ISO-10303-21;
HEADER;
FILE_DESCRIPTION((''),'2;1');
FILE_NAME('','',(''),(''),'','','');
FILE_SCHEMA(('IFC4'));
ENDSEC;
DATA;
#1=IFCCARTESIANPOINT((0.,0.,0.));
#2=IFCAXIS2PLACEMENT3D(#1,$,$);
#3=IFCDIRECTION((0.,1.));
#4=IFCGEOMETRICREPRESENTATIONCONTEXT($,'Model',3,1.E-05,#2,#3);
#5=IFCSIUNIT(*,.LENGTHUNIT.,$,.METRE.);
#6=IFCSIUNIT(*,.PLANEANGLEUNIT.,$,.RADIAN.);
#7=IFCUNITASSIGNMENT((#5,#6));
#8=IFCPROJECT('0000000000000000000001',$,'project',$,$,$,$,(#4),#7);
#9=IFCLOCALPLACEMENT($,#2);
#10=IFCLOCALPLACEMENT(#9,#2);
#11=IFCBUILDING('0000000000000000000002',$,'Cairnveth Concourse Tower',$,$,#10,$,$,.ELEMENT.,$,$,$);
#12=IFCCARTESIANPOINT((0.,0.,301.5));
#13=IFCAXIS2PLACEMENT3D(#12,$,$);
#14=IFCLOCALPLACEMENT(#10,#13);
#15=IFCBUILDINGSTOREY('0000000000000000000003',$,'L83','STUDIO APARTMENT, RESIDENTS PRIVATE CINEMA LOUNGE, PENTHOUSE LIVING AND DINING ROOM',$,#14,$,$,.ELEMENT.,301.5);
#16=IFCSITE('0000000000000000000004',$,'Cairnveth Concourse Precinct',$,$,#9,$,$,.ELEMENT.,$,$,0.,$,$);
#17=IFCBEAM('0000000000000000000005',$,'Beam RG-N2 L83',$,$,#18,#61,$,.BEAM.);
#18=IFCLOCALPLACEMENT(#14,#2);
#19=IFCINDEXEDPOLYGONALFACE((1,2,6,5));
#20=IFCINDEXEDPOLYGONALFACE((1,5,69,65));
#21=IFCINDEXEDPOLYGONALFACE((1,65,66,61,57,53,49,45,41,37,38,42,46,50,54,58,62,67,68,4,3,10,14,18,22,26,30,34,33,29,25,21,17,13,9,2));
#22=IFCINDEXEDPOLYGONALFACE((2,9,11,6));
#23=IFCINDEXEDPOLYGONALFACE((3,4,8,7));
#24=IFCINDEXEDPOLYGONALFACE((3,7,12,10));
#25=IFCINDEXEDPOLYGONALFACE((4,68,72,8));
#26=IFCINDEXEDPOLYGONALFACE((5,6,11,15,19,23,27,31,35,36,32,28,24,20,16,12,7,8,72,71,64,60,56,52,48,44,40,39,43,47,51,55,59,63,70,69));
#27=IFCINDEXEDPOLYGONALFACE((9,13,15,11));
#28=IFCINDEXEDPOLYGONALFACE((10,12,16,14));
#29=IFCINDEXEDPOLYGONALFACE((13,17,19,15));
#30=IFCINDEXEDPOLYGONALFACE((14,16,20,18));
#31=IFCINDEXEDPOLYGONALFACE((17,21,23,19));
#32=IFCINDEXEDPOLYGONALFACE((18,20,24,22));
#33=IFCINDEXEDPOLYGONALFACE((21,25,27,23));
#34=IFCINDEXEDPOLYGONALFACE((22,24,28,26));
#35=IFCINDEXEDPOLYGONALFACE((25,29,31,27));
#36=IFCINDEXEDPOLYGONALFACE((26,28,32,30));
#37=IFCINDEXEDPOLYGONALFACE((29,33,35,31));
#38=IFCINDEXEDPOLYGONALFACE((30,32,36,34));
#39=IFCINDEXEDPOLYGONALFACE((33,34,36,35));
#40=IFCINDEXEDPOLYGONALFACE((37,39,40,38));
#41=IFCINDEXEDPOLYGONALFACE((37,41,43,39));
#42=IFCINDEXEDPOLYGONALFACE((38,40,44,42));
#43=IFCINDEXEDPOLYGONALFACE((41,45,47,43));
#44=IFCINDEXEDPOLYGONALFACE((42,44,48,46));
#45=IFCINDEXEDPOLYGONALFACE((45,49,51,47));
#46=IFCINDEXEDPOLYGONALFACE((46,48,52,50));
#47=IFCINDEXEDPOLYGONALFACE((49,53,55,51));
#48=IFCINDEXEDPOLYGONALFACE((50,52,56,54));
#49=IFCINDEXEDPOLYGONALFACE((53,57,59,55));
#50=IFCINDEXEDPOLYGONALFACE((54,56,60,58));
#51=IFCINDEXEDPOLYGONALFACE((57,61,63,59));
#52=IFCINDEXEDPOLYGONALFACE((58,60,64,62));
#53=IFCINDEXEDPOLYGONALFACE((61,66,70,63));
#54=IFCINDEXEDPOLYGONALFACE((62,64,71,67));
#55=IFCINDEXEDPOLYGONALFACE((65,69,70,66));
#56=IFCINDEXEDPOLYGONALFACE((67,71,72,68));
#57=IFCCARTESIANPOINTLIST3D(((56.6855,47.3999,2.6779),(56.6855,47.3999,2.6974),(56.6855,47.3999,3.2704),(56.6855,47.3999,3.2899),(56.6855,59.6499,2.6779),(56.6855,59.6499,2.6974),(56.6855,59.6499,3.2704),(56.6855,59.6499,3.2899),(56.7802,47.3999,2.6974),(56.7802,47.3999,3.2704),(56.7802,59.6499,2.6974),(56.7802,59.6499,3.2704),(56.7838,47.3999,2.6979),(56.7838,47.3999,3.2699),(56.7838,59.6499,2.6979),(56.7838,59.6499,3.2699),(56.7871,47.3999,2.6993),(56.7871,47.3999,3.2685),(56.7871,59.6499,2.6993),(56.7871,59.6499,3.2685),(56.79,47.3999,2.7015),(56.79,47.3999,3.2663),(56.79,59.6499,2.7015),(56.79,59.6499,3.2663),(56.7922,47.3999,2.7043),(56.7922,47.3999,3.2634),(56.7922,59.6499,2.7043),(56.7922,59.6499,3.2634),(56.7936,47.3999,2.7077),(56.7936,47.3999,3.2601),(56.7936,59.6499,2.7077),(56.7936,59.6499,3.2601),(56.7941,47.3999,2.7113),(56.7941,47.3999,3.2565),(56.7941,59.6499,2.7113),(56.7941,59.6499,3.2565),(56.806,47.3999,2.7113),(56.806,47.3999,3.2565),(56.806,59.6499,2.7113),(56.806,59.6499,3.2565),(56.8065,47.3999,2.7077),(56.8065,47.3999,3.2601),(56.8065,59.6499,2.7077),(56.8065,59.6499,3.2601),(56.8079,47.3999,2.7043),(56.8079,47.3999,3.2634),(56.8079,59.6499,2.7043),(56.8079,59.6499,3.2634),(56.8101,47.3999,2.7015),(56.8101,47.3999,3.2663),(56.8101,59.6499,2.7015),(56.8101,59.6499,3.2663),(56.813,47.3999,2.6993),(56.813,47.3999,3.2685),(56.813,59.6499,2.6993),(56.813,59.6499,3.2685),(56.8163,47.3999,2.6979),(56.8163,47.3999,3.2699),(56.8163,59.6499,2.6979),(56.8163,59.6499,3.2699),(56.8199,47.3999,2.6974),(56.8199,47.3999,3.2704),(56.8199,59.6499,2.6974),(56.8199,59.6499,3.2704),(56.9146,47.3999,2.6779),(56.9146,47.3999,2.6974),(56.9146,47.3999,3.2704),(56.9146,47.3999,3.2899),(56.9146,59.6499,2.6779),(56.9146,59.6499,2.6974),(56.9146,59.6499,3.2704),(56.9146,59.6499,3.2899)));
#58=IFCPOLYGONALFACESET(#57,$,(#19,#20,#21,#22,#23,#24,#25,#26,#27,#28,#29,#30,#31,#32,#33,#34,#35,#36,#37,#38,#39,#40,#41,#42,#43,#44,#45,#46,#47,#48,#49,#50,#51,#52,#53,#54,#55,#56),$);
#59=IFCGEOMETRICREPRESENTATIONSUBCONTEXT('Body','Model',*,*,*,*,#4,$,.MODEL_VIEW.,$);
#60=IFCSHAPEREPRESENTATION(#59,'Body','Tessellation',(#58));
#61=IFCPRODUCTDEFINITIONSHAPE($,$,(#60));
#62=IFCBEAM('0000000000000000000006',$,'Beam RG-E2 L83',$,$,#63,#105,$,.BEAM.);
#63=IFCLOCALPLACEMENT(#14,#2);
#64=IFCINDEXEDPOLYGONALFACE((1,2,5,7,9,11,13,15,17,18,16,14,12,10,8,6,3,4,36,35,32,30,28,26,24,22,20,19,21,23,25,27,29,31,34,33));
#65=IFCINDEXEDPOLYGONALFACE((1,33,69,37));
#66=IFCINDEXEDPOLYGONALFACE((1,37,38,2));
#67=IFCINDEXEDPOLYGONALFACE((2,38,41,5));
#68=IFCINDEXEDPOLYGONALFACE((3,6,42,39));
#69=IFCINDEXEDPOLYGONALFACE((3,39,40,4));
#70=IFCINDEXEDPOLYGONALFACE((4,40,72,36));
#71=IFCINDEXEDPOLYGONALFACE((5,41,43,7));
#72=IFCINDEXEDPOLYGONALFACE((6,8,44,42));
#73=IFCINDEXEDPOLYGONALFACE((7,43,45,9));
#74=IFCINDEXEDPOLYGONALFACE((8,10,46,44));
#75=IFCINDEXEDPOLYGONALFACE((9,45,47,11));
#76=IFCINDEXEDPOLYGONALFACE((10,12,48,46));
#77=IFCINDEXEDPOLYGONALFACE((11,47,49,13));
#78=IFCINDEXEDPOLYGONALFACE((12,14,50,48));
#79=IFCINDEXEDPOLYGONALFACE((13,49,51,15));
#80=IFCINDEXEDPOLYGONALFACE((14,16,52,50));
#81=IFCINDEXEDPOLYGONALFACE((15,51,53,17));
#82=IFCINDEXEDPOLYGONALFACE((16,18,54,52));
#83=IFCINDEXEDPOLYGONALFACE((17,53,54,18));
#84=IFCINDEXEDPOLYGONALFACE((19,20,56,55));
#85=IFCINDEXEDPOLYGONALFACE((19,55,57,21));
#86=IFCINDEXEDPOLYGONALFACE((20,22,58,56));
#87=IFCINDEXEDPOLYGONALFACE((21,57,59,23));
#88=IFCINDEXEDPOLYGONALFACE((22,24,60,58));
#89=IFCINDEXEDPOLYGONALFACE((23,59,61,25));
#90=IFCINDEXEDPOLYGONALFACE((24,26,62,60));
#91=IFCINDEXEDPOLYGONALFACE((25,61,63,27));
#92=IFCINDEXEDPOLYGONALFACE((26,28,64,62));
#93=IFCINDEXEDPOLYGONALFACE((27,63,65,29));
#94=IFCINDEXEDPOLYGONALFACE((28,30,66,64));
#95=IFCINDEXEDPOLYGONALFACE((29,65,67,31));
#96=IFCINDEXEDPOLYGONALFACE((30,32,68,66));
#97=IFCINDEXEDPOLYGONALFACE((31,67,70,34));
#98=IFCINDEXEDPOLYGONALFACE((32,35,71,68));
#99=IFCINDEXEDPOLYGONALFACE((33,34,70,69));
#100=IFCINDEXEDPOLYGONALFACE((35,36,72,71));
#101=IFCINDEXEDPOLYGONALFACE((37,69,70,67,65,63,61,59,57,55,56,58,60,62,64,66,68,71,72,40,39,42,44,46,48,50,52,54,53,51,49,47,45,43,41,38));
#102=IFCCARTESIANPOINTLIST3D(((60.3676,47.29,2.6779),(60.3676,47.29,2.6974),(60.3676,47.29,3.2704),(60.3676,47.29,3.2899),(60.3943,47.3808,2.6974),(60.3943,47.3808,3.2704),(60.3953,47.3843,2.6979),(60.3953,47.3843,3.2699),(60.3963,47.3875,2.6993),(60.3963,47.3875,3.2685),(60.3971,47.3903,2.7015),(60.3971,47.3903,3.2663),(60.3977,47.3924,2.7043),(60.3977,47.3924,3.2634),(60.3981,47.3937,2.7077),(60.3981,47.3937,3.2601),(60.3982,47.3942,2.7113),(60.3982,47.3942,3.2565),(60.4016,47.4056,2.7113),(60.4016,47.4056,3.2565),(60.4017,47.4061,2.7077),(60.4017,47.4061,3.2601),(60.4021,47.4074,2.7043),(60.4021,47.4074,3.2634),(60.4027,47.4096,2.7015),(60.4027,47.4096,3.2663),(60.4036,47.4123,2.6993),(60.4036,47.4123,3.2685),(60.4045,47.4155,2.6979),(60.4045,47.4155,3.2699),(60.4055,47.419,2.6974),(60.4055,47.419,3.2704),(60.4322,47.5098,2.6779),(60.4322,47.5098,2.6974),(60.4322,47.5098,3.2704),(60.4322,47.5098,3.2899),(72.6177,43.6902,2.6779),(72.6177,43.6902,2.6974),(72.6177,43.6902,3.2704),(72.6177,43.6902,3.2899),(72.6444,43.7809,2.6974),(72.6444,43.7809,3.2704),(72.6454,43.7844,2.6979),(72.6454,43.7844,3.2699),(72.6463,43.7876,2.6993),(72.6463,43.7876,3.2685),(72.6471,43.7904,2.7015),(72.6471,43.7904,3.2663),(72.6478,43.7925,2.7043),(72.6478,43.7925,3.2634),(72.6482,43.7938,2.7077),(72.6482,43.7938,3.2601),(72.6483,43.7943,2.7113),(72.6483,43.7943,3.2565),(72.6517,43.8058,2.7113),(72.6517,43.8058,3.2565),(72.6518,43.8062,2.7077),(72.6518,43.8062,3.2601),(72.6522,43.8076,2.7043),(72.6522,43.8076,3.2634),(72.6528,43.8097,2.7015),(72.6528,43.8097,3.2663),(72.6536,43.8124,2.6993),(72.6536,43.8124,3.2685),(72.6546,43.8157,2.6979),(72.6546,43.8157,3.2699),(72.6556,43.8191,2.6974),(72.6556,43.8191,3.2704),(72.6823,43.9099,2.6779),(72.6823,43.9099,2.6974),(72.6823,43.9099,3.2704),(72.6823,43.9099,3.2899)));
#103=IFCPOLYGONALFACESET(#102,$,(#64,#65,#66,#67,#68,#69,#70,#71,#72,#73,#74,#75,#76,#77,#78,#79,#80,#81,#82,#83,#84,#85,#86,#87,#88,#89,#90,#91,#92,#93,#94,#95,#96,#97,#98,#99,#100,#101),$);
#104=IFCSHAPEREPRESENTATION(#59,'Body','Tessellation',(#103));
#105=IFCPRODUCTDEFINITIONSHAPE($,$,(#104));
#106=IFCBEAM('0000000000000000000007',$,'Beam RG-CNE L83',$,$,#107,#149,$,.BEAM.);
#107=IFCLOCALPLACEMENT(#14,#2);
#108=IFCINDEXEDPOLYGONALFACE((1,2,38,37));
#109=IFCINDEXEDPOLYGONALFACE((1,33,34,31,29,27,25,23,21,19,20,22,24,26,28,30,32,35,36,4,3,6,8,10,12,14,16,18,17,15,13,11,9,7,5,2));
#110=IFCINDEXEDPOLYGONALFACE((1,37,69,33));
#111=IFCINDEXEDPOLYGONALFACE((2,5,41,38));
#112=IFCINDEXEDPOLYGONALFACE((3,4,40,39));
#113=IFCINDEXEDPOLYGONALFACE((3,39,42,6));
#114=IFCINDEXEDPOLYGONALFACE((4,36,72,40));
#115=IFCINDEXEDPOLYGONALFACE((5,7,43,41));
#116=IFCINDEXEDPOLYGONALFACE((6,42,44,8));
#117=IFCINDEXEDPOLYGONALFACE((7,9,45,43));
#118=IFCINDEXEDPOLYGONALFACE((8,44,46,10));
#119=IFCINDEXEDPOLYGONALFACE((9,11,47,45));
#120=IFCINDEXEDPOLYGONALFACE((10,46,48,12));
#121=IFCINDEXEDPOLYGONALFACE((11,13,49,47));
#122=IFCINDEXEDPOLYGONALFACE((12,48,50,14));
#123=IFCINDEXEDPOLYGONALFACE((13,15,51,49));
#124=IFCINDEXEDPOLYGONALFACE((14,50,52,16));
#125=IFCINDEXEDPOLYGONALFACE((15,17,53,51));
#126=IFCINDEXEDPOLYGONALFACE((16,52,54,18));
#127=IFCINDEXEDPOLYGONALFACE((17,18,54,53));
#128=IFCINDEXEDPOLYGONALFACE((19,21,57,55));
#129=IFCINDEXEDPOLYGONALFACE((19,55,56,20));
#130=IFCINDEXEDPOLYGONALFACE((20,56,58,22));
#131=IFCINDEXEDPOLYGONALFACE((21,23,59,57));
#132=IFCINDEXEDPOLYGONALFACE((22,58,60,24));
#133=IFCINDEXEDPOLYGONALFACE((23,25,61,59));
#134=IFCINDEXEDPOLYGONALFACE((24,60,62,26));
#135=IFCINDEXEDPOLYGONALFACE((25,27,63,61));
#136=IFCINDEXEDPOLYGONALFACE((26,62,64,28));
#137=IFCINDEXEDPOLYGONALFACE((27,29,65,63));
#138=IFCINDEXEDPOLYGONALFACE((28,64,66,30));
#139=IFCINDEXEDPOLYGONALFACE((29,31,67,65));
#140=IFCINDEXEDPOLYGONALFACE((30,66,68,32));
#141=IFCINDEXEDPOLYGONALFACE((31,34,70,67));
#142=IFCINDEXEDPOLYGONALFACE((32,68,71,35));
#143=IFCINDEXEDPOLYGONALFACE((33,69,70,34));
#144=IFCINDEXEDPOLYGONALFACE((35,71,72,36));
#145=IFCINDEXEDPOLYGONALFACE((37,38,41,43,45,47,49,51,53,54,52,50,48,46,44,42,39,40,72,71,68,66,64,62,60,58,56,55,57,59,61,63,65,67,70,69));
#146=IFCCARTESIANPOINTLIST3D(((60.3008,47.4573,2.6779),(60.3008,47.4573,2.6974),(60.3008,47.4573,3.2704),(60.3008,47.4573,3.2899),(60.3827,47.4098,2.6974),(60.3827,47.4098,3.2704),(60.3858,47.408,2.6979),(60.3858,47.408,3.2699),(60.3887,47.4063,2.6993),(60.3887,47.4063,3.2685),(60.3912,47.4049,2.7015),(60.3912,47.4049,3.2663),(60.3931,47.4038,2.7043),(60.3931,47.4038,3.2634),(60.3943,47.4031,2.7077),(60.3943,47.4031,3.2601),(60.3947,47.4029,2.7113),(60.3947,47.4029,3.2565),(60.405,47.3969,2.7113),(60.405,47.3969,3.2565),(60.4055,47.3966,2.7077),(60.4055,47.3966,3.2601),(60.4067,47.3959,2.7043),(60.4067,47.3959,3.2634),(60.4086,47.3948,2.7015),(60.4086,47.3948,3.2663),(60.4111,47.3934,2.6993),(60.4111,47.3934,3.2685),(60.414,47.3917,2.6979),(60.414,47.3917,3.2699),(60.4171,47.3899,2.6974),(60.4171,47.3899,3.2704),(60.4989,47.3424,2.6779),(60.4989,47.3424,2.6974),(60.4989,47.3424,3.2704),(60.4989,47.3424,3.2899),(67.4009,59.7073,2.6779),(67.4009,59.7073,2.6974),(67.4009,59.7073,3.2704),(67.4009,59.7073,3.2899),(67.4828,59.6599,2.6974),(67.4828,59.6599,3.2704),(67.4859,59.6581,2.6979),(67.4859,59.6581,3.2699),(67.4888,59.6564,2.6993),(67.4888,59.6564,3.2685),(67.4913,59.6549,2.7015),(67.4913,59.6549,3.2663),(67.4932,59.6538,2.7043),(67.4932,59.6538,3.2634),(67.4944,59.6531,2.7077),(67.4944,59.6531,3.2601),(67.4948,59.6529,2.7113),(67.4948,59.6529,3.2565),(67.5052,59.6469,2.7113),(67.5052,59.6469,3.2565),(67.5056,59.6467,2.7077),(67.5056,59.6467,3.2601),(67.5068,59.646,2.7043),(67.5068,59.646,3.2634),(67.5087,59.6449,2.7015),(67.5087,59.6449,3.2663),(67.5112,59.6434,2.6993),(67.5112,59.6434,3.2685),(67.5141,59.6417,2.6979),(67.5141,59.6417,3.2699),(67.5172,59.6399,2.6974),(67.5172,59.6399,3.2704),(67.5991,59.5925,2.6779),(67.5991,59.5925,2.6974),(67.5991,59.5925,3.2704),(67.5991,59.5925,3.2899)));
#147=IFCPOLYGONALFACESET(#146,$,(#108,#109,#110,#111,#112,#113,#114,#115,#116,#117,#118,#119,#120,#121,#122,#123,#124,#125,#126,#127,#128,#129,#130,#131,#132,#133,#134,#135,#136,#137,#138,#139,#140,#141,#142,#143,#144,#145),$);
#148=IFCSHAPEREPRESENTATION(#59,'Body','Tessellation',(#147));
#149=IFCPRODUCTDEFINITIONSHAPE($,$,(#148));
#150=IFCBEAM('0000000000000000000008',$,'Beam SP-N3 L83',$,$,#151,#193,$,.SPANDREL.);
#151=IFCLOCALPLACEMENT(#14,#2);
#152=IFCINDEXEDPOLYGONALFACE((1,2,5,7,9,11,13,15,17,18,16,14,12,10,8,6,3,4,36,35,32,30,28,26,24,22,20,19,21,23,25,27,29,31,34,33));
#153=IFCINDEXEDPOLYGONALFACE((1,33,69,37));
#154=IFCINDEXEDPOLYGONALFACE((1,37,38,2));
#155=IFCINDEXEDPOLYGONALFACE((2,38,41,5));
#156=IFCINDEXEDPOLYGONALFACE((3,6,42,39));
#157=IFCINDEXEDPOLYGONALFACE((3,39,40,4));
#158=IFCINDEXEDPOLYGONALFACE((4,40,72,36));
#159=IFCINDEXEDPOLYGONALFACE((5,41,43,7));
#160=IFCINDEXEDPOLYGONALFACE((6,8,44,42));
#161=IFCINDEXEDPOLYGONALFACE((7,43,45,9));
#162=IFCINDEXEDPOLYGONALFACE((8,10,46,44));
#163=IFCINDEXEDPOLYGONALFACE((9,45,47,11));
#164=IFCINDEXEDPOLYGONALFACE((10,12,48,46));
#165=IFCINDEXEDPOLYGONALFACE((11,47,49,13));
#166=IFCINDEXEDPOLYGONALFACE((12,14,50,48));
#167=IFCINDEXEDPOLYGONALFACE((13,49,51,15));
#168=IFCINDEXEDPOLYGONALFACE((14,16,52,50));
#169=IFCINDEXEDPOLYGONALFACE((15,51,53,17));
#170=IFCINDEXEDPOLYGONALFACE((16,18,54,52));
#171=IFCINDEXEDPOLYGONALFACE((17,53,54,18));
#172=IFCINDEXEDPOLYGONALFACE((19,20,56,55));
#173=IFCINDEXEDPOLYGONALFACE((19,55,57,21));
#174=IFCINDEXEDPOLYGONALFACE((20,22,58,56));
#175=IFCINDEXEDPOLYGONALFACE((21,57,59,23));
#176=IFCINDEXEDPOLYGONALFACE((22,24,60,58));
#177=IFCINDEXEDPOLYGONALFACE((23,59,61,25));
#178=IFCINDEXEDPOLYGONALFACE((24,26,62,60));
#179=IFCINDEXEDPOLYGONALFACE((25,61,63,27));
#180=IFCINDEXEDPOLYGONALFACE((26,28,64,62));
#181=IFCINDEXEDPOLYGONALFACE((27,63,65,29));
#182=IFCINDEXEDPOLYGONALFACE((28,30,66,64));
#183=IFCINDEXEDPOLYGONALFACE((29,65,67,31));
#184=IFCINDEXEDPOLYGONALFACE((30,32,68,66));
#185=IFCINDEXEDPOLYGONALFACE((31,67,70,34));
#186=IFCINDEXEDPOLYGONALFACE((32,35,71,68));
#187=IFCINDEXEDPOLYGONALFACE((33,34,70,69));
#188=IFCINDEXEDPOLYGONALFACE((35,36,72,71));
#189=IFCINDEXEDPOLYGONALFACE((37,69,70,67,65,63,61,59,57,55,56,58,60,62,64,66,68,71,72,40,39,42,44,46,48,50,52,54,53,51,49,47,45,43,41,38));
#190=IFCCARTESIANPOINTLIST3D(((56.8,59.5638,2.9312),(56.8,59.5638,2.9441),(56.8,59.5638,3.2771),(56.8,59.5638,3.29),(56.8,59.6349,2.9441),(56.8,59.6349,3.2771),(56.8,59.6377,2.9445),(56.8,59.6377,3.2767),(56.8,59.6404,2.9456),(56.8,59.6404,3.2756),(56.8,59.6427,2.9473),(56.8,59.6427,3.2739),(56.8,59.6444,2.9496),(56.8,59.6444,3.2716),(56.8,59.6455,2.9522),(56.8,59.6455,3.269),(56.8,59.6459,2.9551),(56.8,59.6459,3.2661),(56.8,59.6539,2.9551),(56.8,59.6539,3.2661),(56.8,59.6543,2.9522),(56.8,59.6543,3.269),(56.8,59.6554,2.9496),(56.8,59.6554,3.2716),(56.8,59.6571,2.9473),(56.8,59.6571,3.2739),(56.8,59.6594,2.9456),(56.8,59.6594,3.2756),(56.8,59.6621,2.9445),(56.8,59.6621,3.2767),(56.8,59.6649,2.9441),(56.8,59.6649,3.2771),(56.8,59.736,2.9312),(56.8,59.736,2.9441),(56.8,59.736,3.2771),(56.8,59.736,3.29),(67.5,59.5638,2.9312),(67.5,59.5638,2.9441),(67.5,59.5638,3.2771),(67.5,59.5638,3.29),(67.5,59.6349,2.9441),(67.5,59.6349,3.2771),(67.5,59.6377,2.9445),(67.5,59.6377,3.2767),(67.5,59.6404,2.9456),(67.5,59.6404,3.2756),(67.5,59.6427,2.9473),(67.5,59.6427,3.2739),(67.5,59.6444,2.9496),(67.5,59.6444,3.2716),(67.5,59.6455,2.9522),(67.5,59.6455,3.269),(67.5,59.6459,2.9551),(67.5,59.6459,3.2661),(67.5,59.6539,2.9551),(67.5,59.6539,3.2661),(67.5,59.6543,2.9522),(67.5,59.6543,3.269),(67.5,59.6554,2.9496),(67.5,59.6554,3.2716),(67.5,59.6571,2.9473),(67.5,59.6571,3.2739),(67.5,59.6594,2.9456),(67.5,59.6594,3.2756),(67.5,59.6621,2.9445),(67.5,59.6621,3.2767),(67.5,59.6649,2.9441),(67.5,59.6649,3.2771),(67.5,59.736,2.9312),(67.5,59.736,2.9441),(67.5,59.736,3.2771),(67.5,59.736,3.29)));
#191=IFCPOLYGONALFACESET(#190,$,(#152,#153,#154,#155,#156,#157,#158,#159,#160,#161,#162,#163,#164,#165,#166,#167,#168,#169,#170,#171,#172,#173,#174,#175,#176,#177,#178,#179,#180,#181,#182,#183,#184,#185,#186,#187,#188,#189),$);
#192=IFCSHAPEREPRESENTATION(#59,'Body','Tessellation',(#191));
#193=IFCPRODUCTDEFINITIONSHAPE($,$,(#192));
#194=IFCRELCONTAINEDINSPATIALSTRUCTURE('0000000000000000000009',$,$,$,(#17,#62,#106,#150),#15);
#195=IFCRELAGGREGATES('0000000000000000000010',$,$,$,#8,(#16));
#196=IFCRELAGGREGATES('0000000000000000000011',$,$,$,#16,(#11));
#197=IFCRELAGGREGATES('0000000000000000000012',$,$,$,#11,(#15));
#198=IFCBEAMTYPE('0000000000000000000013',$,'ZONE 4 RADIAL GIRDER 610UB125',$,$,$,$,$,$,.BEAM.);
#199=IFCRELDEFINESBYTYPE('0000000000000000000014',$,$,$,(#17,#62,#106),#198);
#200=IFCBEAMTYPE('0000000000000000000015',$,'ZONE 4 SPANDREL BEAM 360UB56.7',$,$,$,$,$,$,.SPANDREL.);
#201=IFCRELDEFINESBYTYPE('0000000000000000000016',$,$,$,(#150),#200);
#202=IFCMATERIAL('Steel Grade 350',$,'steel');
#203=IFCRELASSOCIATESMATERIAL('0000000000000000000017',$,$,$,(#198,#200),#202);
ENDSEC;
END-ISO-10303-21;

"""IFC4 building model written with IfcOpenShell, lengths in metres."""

from ifc_helpers import new_model, si_unit, direction, frame, origin, origin_2d, place, context, subcontext, project, spatial, i_section, extrude, material, material_profile, profile_set, type_object, element, save


model = new_model("IFC4")

# Units and contexts
model_context = context("Model", 3, precision=1e-05, world=origin(), true_north=direction((0.0, 1.0)))
body_context = subcontext(model_context, "Body", "Model", "MODEL_VIEW")
ifc_project = project(units=[si_unit("LENGTHUNIT", "METRE"), si_unit("PLANEANGLEUNIT", "RADIAN")], contexts=[model_context])

# Site, building, storey
site_placement = place(None, origin())
site = spatial("IfcSite", under=ifc_project, at=site_placement, Name="Cairnveth Concourse Precinct", CompositionType="ELEMENT", RefElevation=0.0)
building_placement = place(site_placement, origin())
building = spatial("IfcBuilding", under=site, at=building_placement, Name="Cairnveth Concourse Tower", CompositionType="ELEMENT")
storey_placement = place(building_placement, frame((0.0, 0.0, 301.5)))
storey = spatial("IfcBuildingStorey", under=building, at=storey_placement, Name="L83", Description="STUDIO APARTMENT, RESIDENTS PRIVATE CINEMA LOUNGE, PENTHOUSE LIVING AND DINING ROOM", CompositionType="ELEMENT", Elevation=301.5)

# Shared definitions
ifc_material_1 = material(Name="Steel Grade 350", Category="steel")

# Beams
ifc_material_profile_1 = material_profile(ifc_material_1, i_section(OverallWidth=0.229, OverallDepth=0.6121, WebThickness=0.012, FlangeThickness=0.0195, FilletRadius=0.0139, at=origin_2d()), Name="610UB125")
ifc_profile_set_1 = profile_set([ifc_material_profile_1], Name="Steel Grade 350")
beam_type_1 = type_object("IfcBeamType", Name="ZONE 4 RADIAL GIRDER 610UB125", PredefinedType="BEAM", material=ifc_profile_set_1)
beam_1_placement = place(storey_placement, frame((56.8, 47.3999, 2.9839), z_axis=(0.0, 1.0, 0.0), x_axis=(-1.0, 0.0, 0.0)))
element("IfcBeam", 1, at=beam_1_placement, inside=storey, type_object=beam_type_1, Name="Beam RG-N2 L83", PredefinedType="BEAM", context=body_context, shape_type="SweptSolid", body=[
    extrude(i_section(OverallWidth=0.229, OverallDepth=0.6121, WebThickness=0.012, FlangeThickness=0.0195, FilletRadius=0.0139, at=origin_2d()), origin(), (0.0, 0.0, 1.0), 12.25),
])
beam_2_placement = place(storey_placement, frame((60.3999, 47.3999, 2.9839), z_axis=(0.959431, -0.281944, 0.0), x_axis=(0.281944, 0.959431, 0.0)))
element("IfcBeam", 2, at=beam_2_placement, inside=storey, type_object=beam_type_1, Name="Beam RG-E2 L83", PredefinedType="BEAM", context=body_context, shape_type="SweptSolid", body=[
    extrude(i_section(OverallWidth=0.229, OverallDepth=0.6121, WebThickness=0.012, FlangeThickness=0.0195, FilletRadius=0.0139, at=origin_2d()), origin(), (0.0, 0.0, 1.0), 12.7681),
])
beam_3_placement = place(storey_placement, frame((67.5, 59.6499, 2.9839), z_axis=(-0.501459, -0.865181, 0.0), x_axis=(0.865181, -0.501459, 0.0)))
element("IfcBeam", 3, at=beam_3_placement, inside=storey, type_object=beam_type_1, Name="Beam RG-CNE L83", PredefinedType="BEAM", context=body_context, shape_type="SweptSolid", body=[
    extrude(i_section(OverallWidth=0.229, OverallDepth=0.6121, WebThickness=0.012, FlangeThickness=0.0195, FilletRadius=0.0139, at=origin_2d()), origin(), (0.0, 0.0, 1.0), 14.1589),
])
ifc_material_profile_2 = material_profile(ifc_material_1, i_section(OverallWidth=0.1721, OverallDepth=0.3589, WebThickness=0.0081, FlangeThickness=0.0129, FilletRadius=0.011, at=origin_2d()), Name="360UB56.7")
ifc_profile_set_2 = profile_set([ifc_material_profile_2], Name="Steel Grade 350")
beam_type_2 = type_object("IfcBeamType", Name="ZONE 4 SPANDREL BEAM 360UB56.7", PredefinedType="SPANDREL", material=ifc_profile_set_2)
beam_4_placement = place(storey_placement, frame((56.8, 59.6499, 3.1106), z_axis=(1.0, 0.0, 0.0), x_axis=(0.0, 1.0, 0.0)))
element("IfcBeam", 4, at=beam_4_placement, inside=storey, type_object=beam_type_2, Name="Beam SP-N3 L83", PredefinedType="SPANDREL", context=body_context, shape_type="SweptSolid", body=[
    extrude(i_section(OverallWidth=0.1721, OverallDepth=0.3589, WebThickness=0.0081, FlangeThickness=0.0129, FilletRadius=0.011, at=origin_2d()), origin(), (0.0, 0.0, 1.0), 10.7),
])

save(model, "model.ifc")
